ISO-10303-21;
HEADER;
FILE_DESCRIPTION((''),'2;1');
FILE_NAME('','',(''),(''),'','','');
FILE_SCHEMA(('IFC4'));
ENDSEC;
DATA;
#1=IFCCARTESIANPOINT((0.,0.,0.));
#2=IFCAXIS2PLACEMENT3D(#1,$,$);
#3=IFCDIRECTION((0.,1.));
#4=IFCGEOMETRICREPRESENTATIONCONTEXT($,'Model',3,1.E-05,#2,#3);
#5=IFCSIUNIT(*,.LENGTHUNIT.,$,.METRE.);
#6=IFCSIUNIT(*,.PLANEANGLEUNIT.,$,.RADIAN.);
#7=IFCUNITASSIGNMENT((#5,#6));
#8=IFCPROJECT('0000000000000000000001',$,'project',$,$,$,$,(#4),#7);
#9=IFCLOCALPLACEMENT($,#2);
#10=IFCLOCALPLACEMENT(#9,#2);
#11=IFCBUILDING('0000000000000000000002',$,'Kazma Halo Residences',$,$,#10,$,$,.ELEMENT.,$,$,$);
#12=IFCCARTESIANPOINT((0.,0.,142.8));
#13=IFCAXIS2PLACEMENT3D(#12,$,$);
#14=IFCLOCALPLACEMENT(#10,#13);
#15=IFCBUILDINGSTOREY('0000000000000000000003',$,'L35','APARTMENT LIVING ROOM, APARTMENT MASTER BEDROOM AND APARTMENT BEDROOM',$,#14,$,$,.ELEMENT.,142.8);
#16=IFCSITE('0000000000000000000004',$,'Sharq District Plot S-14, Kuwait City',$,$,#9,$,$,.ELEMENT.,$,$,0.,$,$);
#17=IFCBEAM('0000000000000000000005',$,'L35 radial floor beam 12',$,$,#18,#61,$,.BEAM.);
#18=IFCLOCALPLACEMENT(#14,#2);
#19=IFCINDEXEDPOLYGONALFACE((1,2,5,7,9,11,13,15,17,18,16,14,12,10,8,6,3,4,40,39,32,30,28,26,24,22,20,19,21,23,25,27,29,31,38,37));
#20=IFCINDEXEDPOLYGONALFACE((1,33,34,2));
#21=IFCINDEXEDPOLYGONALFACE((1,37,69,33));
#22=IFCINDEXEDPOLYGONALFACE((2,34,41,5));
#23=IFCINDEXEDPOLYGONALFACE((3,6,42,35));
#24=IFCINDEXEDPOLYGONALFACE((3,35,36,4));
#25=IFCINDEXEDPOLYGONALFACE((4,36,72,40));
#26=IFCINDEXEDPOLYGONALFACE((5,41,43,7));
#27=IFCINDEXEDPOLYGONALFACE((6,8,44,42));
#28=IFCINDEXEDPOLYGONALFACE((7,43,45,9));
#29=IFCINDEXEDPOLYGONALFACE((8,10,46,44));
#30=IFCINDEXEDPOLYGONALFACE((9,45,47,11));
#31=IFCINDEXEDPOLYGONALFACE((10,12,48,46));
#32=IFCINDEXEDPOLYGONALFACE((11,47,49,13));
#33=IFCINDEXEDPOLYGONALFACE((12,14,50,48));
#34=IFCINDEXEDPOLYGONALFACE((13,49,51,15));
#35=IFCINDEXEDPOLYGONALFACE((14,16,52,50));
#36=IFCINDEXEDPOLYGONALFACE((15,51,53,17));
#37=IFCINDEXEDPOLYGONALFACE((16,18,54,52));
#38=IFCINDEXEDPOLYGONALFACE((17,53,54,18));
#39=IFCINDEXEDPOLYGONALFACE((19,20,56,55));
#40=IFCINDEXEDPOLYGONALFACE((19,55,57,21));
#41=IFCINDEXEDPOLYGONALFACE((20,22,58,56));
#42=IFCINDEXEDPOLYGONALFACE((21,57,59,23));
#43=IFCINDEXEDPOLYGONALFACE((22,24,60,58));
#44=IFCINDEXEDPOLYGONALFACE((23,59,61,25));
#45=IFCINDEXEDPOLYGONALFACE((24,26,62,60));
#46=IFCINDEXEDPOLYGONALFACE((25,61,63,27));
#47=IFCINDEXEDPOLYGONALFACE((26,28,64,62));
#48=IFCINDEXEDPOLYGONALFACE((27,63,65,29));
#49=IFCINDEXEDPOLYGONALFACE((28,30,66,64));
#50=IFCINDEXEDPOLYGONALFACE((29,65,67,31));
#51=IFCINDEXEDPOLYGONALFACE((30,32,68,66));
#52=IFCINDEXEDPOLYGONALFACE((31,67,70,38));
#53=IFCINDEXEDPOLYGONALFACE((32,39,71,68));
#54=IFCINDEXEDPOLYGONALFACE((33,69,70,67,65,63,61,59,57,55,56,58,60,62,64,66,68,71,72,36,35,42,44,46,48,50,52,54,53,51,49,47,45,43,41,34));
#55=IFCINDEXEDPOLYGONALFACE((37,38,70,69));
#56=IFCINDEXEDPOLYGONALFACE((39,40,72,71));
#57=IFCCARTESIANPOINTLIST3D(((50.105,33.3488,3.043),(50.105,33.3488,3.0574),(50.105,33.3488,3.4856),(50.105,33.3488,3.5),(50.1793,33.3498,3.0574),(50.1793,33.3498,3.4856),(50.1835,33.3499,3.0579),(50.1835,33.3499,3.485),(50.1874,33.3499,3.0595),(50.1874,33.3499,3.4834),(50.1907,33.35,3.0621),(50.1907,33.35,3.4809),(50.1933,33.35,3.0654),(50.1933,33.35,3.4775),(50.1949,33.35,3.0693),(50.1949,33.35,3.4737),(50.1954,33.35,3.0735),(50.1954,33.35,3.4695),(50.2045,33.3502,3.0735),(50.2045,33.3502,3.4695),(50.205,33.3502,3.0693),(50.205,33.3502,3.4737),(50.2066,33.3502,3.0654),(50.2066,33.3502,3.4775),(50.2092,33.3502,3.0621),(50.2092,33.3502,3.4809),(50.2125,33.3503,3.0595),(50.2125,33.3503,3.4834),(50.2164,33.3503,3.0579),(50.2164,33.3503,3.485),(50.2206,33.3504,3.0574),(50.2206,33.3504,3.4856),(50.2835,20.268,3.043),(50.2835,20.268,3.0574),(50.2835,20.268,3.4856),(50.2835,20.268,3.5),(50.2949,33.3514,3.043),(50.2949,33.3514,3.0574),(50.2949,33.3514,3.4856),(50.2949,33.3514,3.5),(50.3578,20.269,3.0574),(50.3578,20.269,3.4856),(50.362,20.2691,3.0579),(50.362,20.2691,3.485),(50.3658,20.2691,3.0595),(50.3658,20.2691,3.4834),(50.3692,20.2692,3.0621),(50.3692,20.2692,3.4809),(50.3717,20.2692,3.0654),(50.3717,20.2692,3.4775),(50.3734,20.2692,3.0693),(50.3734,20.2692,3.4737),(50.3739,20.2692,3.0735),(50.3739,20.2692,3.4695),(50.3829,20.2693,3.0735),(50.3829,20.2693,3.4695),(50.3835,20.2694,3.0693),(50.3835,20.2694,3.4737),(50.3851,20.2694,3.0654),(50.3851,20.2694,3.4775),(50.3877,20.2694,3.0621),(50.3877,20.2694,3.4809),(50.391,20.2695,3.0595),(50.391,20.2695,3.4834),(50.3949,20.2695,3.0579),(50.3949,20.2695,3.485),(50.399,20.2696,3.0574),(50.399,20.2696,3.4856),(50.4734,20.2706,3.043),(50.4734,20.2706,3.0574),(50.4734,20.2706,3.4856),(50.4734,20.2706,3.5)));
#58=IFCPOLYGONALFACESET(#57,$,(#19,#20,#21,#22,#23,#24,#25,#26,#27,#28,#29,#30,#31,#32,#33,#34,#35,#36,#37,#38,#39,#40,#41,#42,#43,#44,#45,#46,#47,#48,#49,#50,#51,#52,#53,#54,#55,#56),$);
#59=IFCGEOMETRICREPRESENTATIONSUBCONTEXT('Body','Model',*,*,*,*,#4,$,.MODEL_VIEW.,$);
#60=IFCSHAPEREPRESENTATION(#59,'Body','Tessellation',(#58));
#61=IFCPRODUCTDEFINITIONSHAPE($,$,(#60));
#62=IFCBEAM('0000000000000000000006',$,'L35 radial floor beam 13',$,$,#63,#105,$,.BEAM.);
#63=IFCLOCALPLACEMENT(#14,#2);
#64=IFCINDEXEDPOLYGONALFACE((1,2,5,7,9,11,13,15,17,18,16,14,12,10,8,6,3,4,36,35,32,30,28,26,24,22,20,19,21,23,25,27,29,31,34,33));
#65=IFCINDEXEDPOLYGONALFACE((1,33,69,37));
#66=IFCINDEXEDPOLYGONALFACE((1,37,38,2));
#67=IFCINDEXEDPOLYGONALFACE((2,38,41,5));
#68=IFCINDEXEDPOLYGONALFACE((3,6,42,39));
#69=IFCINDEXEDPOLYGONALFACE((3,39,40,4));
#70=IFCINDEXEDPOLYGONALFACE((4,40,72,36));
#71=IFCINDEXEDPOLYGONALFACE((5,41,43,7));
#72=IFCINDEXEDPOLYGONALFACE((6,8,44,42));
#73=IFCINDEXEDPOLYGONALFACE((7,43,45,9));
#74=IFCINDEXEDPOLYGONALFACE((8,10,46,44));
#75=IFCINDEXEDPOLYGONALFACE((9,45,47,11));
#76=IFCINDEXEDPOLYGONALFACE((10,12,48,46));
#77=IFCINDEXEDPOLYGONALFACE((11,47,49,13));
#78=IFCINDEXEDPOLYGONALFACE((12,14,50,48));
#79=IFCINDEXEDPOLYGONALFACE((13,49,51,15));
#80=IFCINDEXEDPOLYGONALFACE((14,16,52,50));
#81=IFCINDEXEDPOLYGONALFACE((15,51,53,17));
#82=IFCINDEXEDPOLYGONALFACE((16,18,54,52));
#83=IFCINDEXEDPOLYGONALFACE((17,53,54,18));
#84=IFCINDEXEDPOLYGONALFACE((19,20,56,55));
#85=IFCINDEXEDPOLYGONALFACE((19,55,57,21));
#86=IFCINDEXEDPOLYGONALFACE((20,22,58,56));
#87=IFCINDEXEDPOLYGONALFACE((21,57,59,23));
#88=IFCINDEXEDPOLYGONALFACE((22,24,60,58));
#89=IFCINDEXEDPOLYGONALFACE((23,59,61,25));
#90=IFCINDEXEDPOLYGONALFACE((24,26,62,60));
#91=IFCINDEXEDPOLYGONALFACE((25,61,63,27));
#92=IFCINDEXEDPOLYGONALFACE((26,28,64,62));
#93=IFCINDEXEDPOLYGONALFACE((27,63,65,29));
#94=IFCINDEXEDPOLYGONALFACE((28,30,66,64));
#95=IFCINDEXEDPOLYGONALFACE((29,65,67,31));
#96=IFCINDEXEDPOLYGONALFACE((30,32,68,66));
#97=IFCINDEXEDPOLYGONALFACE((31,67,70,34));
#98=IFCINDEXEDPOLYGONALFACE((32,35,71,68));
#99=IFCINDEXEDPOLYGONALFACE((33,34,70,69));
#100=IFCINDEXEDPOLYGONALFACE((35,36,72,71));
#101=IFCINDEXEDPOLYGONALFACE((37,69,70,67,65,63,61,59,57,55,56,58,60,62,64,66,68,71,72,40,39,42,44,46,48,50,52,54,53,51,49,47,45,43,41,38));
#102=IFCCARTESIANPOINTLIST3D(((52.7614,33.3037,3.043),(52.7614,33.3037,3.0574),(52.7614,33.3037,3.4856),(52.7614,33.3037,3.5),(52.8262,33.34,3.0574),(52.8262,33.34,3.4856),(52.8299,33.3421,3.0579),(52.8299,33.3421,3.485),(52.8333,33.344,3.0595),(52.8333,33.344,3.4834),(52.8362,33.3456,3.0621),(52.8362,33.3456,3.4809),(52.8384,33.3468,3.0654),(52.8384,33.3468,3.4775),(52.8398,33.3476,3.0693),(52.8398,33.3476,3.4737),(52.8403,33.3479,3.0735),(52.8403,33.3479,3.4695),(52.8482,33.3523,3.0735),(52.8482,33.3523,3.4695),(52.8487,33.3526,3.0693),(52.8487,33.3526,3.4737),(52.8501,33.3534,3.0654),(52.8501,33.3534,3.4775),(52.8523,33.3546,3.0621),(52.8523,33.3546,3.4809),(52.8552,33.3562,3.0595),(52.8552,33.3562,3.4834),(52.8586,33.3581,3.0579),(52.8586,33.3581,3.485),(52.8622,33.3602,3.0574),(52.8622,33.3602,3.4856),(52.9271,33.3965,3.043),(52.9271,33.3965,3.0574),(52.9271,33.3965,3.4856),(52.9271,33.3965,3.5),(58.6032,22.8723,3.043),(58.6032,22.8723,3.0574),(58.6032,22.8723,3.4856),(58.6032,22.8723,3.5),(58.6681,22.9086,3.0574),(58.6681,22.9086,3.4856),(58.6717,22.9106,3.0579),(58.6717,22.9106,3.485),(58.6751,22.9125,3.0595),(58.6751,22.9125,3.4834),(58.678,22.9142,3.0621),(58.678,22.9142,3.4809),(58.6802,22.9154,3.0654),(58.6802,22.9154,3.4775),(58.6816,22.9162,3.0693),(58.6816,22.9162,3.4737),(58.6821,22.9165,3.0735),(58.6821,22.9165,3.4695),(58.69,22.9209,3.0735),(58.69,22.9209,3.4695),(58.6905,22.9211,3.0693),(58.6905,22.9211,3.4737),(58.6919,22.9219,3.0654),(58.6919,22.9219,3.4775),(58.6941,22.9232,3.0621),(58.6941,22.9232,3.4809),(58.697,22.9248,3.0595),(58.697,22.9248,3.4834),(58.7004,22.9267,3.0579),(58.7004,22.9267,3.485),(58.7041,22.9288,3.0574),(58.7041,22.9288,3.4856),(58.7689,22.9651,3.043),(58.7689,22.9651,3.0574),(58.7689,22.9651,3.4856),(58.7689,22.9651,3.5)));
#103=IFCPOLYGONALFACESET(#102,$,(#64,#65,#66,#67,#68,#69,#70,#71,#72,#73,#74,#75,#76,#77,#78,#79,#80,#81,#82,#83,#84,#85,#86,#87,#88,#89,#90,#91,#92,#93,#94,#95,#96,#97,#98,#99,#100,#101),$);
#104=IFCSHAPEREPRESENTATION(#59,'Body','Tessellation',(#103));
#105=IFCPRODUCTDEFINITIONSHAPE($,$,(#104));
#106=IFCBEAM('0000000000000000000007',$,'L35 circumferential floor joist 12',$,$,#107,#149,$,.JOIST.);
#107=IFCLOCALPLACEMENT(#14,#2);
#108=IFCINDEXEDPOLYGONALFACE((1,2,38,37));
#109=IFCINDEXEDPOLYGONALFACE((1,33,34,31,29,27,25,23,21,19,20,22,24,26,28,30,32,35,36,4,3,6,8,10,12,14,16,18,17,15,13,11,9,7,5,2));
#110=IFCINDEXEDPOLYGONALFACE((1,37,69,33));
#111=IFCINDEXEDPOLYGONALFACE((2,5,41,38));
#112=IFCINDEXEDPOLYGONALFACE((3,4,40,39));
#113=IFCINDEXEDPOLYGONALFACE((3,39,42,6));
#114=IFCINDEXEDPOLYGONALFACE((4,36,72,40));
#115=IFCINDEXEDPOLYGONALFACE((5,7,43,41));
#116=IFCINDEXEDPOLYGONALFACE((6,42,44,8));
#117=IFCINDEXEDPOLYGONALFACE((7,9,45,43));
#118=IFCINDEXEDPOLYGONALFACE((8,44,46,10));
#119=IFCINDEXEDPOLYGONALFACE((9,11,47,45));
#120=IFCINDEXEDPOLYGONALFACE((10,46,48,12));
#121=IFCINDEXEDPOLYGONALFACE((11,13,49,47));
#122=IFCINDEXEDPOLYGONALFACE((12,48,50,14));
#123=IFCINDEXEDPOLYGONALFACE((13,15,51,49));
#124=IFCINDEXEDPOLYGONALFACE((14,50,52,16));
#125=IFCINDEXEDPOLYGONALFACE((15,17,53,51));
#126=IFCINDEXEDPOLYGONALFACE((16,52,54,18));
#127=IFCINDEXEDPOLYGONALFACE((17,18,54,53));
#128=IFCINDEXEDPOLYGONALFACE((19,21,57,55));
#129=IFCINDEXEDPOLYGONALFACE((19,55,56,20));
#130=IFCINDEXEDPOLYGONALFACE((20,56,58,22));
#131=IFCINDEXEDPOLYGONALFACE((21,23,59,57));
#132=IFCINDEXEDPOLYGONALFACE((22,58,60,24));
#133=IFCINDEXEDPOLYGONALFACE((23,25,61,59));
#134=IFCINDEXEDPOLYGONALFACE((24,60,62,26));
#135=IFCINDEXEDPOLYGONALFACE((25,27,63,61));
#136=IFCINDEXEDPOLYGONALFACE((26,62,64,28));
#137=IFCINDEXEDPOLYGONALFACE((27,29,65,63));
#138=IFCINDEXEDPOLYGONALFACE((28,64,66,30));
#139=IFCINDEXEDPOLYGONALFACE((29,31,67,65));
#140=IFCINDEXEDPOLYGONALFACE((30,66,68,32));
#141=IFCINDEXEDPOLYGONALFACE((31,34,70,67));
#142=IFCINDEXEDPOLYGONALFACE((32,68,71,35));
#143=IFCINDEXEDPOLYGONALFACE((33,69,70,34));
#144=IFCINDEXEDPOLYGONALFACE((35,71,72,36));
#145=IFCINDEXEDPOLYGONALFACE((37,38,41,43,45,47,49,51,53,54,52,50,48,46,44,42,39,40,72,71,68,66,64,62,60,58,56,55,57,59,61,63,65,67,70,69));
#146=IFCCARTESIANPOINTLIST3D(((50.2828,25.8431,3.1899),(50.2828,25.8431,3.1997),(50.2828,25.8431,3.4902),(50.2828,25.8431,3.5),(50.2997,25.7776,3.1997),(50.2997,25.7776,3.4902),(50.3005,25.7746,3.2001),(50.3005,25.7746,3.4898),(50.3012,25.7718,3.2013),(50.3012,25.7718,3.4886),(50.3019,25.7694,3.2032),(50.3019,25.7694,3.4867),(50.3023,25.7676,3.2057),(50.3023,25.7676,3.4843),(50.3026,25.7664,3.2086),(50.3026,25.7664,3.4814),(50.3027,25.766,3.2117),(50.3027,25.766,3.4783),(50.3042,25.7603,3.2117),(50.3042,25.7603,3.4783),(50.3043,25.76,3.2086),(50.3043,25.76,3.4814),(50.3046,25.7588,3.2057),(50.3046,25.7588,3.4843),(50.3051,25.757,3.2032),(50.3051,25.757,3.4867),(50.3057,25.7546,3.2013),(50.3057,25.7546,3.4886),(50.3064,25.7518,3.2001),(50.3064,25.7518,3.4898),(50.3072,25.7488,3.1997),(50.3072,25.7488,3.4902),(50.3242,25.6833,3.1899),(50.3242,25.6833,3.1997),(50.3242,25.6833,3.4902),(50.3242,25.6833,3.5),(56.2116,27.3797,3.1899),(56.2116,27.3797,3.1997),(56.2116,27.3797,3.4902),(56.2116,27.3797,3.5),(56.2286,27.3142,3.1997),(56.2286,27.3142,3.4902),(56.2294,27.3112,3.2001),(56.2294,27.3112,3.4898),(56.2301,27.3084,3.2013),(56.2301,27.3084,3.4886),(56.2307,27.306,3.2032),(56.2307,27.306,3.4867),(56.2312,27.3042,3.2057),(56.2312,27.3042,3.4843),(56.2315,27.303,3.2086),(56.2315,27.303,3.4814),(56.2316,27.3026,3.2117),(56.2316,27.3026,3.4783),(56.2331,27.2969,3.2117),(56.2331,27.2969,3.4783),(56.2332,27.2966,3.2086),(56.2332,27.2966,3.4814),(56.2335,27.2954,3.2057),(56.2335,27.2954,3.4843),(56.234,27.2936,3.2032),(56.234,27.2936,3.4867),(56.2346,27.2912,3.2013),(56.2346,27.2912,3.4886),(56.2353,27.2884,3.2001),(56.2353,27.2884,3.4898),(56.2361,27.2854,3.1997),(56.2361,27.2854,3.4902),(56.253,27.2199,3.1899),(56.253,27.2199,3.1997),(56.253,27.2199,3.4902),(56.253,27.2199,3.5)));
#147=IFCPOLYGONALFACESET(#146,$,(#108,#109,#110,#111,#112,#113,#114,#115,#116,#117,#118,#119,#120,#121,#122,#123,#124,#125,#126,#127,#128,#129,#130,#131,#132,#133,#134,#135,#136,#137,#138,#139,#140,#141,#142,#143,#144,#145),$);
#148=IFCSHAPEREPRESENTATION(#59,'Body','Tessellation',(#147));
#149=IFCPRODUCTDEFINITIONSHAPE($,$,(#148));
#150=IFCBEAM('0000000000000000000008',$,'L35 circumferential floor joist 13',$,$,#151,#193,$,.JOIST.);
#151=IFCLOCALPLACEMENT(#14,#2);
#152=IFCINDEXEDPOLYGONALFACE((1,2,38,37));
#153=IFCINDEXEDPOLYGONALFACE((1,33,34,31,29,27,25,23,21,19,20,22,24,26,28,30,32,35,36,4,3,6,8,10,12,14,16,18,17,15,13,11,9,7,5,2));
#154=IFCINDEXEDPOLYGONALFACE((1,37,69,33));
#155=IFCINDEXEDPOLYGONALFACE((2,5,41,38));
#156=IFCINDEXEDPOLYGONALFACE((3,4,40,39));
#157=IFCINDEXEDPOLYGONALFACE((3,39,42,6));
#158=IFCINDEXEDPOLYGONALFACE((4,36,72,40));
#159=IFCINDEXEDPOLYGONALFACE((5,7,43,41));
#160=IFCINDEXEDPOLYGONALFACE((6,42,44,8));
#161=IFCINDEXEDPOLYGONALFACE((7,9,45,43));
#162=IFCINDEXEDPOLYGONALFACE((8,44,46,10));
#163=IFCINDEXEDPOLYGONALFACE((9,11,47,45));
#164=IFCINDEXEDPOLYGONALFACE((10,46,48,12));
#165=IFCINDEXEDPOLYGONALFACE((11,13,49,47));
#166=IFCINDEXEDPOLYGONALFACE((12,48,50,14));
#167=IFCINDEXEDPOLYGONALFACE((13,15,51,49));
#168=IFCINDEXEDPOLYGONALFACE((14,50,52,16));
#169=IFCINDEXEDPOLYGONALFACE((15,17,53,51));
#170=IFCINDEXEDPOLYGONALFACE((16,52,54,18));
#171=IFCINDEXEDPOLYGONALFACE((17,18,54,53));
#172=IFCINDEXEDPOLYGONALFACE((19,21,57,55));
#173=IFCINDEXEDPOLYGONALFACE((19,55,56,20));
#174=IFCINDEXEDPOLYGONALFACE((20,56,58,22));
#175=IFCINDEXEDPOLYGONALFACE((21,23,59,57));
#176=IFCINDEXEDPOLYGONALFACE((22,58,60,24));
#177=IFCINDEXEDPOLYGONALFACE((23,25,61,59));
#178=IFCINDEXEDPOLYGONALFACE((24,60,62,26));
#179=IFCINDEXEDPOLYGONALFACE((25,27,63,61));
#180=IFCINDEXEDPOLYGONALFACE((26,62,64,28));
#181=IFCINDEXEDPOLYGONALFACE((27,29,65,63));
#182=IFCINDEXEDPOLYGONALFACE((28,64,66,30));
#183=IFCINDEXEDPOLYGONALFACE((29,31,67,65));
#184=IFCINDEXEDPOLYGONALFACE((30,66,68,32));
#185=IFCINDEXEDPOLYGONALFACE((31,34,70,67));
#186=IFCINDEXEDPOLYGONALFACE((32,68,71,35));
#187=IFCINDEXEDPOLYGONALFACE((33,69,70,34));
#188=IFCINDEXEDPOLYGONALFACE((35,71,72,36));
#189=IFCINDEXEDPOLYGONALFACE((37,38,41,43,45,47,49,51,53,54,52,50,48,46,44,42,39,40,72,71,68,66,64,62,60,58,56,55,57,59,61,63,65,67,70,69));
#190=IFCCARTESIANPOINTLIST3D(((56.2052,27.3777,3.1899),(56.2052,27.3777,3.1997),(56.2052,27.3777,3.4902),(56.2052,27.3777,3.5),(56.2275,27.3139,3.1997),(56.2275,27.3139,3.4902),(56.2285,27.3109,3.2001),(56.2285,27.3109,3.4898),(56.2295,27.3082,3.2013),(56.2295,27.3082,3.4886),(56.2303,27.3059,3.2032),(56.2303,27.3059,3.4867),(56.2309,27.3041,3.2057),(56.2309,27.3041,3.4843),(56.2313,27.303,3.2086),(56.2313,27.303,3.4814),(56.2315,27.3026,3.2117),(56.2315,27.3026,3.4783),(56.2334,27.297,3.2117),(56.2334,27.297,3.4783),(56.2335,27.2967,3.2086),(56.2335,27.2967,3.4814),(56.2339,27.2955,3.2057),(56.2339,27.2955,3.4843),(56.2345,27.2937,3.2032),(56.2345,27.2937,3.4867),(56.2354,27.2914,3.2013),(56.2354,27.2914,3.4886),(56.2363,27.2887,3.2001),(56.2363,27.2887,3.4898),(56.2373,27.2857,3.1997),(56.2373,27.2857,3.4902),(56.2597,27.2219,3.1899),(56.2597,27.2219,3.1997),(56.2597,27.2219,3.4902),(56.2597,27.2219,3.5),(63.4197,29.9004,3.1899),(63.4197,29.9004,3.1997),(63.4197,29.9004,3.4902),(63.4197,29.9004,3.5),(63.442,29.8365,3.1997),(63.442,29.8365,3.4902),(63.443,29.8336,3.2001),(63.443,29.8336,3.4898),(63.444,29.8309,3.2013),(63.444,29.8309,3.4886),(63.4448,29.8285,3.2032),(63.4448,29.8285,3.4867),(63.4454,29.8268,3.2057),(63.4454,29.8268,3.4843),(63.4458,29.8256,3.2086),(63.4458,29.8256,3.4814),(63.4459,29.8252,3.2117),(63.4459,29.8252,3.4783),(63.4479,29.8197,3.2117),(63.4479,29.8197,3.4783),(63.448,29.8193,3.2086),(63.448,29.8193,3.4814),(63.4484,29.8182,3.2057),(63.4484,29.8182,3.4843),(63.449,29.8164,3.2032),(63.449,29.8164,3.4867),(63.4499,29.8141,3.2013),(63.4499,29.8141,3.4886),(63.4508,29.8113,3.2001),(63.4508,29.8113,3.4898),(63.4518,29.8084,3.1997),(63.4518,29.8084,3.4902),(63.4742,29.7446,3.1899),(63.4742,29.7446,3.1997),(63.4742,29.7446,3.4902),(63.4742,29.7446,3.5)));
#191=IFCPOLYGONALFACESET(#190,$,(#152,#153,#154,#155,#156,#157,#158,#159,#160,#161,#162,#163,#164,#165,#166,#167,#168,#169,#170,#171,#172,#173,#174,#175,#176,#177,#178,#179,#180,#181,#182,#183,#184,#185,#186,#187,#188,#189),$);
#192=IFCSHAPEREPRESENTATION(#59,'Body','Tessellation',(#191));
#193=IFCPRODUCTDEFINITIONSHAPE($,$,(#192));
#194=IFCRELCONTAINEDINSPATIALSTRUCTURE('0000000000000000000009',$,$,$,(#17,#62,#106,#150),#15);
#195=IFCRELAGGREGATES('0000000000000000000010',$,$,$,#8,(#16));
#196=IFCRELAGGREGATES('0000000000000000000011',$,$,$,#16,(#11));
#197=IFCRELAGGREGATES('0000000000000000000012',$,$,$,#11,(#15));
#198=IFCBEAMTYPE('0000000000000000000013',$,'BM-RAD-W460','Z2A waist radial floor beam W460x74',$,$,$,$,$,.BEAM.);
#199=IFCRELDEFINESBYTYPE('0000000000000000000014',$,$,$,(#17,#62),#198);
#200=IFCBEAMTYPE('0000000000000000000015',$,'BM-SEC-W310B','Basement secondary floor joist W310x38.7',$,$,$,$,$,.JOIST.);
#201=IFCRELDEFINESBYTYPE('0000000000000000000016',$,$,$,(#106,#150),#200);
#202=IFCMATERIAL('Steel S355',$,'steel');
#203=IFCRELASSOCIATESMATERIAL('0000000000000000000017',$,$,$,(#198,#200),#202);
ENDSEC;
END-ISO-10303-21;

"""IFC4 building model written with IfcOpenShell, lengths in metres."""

from ifc_helpers import new_model, si_unit, direction, frame, origin, origin_2d, place, context, subcontext, project, spatial, i_section, extrude, material, material_profile, profile_set, type_object, element, save


model = new_model("IFC4")

# Units and contexts
model_context = context("Model", 3, precision=1e-05, world=origin(), true_north=direction((0.0, 1.0)))
body_context = subcontext(model_context, "Body", "Model", "MODEL_VIEW")
ifc_project = project(units=[si_unit("LENGTHUNIT", "METRE"), si_unit("PLANEANGLEUNIT", "RADIAN")], contexts=[model_context])

# Site, building, storey
site_placement = place(None, origin())
site = spatial("IfcSite", under=ifc_project, at=site_placement, Name="Sharq District Plot S-14, Kuwait City", CompositionType="ELEMENT", RefElevation=0.0)
building_placement = place(site_placement, origin())
building = spatial("IfcBuilding", under=site, at=building_placement, Name="Kazma Halo Residences", CompositionType="ELEMENT")
storey_placement = place(building_placement, frame((0.0, 0.0, 142.8)))
storey = spatial("IfcBuildingStorey", under=building, at=storey_placement, Name="L35", Description="APARTMENT LIVING ROOM, APARTMENT MASTER BEDROOM AND APARTMENT BEDROOM", CompositionType="ELEMENT", Elevation=142.8)

# Beams
ifc_material_1 = material(Name="Steel S355", Category="steel")
ifc_material_profile_1 = material_profile(ifc_material_1, i_section(OverallWidth=0.1899, OverallDepth=0.457, WebThickness=0.009, FlangeThickness=0.0144, FilletRadius=0.0161, at=origin_2d()), Name="W460x74")
ifc_profile_set_1 = profile_set([ifc_material_profile_1], Name="Steel S355")
beam_type_1 = type_object("IfcBeamType", Name="BM-RAD-W460", Description="Z2A waist radial floor beam W460x74", PredefinedType="BEAM", material=ifc_profile_set_1)
beam_1_placement = place(storey_placement, frame((50.2, 33.3501, 3.2715), z_axis=(0.013642, -0.999907, 0.0), x_axis=(0.999907, 0.013642, 0.0)))
element("IfcBeam", 1, at=beam_1_placement, inside=storey, type_object=beam_type_1, Name="L35 radial floor beam 12", PredefinedType="BEAM", context=body_context, shape_type="SweptSolid", body=[
    extrude(i_section(OverallWidth=0.1899, OverallDepth=0.457, WebThickness=0.009, FlangeThickness=0.0144, FilletRadius=0.0161, at=origin_2d()), origin(), (0.0, 0.0, 1.0), 13.082),
])
beam_2_placement = place(storey_placement, frame((52.8442, 33.3501, 3.2715), z_axis=(0.488617, -0.872498, 0.0), x_axis=(0.872498, 0.488617, 0.0)))
element("IfcBeam", 2, at=beam_2_placement, inside=storey, type_object=beam_type_1, Name="L35 radial floor beam 13", PredefinedType="BEAM", context=body_context, shape_type="SweptSolid", body=[
    extrude(i_section(OverallWidth=0.1899, OverallDepth=0.457, WebThickness=0.009, FlangeThickness=0.0144, FilletRadius=0.0161, at=origin_2d()), origin(), (0.0, 0.0, 1.0), 11.9558),
])
ifc_material_profile_2 = material_profile(ifc_material_1, i_section(OverallWidth=0.165, OverallDepth=0.3101, WebThickness=0.0059, FlangeThickness=0.0098, FilletRadius=0.012, at=origin_2d()), Name="W310x38.7")
ifc_profile_set_2 = profile_set([ifc_material_profile_2], Name="Steel S355")
beam_type_2 = type_object("IfcBeamType", Name="BM-SEC-W310B", Description="Basement secondary floor joist W310x38.7", PredefinedType="JOIST", material=ifc_profile_set_2)
beam_3_placement = place(storey_placement, frame((50.3035, 25.7632, 3.345), z_axis=(0.968017, 0.250883, 0.0), x_axis=(-0.250883, 0.968017, 0.0)))
element("IfcBeam", 3, at=beam_3_placement, inside=storey, type_object=beam_type_2, Name="L35 circumferential floor joist 12", PredefinedType="JOIST", context=body_context, shape_type="SweptSolid", body=[
    extrude(i_section(OverallWidth=0.165, OverallDepth=0.3101, WebThickness=0.0059, FlangeThickness=0.0098, FilletRadius=0.012, at=origin_2d()), origin(), (0.0, 0.0, 1.0), 6.1248),
])
beam_4_placement = place(storey_placement, frame((56.2324, 27.2998, 3.345), z_axis=(0.943956, 0.33007, 0.0), x_axis=(-0.33007, 0.943956, 0.0)))
element("IfcBeam", 4, at=beam_4_placement, inside=storey, type_object=beam_type_2, Name="L35 circumferential floor joist 13", PredefinedType="JOIST", context=body_context, shape_type="SweptSolid", body=[
    extrude(i_section(OverallWidth=0.165, OverallDepth=0.3101, WebThickness=0.0059, FlangeThickness=0.0098, FilletRadius=0.012, at=origin_2d()), origin(), (0.0, 0.0, 1.0), 7.6428),
])

save(model, "model.ifc")
